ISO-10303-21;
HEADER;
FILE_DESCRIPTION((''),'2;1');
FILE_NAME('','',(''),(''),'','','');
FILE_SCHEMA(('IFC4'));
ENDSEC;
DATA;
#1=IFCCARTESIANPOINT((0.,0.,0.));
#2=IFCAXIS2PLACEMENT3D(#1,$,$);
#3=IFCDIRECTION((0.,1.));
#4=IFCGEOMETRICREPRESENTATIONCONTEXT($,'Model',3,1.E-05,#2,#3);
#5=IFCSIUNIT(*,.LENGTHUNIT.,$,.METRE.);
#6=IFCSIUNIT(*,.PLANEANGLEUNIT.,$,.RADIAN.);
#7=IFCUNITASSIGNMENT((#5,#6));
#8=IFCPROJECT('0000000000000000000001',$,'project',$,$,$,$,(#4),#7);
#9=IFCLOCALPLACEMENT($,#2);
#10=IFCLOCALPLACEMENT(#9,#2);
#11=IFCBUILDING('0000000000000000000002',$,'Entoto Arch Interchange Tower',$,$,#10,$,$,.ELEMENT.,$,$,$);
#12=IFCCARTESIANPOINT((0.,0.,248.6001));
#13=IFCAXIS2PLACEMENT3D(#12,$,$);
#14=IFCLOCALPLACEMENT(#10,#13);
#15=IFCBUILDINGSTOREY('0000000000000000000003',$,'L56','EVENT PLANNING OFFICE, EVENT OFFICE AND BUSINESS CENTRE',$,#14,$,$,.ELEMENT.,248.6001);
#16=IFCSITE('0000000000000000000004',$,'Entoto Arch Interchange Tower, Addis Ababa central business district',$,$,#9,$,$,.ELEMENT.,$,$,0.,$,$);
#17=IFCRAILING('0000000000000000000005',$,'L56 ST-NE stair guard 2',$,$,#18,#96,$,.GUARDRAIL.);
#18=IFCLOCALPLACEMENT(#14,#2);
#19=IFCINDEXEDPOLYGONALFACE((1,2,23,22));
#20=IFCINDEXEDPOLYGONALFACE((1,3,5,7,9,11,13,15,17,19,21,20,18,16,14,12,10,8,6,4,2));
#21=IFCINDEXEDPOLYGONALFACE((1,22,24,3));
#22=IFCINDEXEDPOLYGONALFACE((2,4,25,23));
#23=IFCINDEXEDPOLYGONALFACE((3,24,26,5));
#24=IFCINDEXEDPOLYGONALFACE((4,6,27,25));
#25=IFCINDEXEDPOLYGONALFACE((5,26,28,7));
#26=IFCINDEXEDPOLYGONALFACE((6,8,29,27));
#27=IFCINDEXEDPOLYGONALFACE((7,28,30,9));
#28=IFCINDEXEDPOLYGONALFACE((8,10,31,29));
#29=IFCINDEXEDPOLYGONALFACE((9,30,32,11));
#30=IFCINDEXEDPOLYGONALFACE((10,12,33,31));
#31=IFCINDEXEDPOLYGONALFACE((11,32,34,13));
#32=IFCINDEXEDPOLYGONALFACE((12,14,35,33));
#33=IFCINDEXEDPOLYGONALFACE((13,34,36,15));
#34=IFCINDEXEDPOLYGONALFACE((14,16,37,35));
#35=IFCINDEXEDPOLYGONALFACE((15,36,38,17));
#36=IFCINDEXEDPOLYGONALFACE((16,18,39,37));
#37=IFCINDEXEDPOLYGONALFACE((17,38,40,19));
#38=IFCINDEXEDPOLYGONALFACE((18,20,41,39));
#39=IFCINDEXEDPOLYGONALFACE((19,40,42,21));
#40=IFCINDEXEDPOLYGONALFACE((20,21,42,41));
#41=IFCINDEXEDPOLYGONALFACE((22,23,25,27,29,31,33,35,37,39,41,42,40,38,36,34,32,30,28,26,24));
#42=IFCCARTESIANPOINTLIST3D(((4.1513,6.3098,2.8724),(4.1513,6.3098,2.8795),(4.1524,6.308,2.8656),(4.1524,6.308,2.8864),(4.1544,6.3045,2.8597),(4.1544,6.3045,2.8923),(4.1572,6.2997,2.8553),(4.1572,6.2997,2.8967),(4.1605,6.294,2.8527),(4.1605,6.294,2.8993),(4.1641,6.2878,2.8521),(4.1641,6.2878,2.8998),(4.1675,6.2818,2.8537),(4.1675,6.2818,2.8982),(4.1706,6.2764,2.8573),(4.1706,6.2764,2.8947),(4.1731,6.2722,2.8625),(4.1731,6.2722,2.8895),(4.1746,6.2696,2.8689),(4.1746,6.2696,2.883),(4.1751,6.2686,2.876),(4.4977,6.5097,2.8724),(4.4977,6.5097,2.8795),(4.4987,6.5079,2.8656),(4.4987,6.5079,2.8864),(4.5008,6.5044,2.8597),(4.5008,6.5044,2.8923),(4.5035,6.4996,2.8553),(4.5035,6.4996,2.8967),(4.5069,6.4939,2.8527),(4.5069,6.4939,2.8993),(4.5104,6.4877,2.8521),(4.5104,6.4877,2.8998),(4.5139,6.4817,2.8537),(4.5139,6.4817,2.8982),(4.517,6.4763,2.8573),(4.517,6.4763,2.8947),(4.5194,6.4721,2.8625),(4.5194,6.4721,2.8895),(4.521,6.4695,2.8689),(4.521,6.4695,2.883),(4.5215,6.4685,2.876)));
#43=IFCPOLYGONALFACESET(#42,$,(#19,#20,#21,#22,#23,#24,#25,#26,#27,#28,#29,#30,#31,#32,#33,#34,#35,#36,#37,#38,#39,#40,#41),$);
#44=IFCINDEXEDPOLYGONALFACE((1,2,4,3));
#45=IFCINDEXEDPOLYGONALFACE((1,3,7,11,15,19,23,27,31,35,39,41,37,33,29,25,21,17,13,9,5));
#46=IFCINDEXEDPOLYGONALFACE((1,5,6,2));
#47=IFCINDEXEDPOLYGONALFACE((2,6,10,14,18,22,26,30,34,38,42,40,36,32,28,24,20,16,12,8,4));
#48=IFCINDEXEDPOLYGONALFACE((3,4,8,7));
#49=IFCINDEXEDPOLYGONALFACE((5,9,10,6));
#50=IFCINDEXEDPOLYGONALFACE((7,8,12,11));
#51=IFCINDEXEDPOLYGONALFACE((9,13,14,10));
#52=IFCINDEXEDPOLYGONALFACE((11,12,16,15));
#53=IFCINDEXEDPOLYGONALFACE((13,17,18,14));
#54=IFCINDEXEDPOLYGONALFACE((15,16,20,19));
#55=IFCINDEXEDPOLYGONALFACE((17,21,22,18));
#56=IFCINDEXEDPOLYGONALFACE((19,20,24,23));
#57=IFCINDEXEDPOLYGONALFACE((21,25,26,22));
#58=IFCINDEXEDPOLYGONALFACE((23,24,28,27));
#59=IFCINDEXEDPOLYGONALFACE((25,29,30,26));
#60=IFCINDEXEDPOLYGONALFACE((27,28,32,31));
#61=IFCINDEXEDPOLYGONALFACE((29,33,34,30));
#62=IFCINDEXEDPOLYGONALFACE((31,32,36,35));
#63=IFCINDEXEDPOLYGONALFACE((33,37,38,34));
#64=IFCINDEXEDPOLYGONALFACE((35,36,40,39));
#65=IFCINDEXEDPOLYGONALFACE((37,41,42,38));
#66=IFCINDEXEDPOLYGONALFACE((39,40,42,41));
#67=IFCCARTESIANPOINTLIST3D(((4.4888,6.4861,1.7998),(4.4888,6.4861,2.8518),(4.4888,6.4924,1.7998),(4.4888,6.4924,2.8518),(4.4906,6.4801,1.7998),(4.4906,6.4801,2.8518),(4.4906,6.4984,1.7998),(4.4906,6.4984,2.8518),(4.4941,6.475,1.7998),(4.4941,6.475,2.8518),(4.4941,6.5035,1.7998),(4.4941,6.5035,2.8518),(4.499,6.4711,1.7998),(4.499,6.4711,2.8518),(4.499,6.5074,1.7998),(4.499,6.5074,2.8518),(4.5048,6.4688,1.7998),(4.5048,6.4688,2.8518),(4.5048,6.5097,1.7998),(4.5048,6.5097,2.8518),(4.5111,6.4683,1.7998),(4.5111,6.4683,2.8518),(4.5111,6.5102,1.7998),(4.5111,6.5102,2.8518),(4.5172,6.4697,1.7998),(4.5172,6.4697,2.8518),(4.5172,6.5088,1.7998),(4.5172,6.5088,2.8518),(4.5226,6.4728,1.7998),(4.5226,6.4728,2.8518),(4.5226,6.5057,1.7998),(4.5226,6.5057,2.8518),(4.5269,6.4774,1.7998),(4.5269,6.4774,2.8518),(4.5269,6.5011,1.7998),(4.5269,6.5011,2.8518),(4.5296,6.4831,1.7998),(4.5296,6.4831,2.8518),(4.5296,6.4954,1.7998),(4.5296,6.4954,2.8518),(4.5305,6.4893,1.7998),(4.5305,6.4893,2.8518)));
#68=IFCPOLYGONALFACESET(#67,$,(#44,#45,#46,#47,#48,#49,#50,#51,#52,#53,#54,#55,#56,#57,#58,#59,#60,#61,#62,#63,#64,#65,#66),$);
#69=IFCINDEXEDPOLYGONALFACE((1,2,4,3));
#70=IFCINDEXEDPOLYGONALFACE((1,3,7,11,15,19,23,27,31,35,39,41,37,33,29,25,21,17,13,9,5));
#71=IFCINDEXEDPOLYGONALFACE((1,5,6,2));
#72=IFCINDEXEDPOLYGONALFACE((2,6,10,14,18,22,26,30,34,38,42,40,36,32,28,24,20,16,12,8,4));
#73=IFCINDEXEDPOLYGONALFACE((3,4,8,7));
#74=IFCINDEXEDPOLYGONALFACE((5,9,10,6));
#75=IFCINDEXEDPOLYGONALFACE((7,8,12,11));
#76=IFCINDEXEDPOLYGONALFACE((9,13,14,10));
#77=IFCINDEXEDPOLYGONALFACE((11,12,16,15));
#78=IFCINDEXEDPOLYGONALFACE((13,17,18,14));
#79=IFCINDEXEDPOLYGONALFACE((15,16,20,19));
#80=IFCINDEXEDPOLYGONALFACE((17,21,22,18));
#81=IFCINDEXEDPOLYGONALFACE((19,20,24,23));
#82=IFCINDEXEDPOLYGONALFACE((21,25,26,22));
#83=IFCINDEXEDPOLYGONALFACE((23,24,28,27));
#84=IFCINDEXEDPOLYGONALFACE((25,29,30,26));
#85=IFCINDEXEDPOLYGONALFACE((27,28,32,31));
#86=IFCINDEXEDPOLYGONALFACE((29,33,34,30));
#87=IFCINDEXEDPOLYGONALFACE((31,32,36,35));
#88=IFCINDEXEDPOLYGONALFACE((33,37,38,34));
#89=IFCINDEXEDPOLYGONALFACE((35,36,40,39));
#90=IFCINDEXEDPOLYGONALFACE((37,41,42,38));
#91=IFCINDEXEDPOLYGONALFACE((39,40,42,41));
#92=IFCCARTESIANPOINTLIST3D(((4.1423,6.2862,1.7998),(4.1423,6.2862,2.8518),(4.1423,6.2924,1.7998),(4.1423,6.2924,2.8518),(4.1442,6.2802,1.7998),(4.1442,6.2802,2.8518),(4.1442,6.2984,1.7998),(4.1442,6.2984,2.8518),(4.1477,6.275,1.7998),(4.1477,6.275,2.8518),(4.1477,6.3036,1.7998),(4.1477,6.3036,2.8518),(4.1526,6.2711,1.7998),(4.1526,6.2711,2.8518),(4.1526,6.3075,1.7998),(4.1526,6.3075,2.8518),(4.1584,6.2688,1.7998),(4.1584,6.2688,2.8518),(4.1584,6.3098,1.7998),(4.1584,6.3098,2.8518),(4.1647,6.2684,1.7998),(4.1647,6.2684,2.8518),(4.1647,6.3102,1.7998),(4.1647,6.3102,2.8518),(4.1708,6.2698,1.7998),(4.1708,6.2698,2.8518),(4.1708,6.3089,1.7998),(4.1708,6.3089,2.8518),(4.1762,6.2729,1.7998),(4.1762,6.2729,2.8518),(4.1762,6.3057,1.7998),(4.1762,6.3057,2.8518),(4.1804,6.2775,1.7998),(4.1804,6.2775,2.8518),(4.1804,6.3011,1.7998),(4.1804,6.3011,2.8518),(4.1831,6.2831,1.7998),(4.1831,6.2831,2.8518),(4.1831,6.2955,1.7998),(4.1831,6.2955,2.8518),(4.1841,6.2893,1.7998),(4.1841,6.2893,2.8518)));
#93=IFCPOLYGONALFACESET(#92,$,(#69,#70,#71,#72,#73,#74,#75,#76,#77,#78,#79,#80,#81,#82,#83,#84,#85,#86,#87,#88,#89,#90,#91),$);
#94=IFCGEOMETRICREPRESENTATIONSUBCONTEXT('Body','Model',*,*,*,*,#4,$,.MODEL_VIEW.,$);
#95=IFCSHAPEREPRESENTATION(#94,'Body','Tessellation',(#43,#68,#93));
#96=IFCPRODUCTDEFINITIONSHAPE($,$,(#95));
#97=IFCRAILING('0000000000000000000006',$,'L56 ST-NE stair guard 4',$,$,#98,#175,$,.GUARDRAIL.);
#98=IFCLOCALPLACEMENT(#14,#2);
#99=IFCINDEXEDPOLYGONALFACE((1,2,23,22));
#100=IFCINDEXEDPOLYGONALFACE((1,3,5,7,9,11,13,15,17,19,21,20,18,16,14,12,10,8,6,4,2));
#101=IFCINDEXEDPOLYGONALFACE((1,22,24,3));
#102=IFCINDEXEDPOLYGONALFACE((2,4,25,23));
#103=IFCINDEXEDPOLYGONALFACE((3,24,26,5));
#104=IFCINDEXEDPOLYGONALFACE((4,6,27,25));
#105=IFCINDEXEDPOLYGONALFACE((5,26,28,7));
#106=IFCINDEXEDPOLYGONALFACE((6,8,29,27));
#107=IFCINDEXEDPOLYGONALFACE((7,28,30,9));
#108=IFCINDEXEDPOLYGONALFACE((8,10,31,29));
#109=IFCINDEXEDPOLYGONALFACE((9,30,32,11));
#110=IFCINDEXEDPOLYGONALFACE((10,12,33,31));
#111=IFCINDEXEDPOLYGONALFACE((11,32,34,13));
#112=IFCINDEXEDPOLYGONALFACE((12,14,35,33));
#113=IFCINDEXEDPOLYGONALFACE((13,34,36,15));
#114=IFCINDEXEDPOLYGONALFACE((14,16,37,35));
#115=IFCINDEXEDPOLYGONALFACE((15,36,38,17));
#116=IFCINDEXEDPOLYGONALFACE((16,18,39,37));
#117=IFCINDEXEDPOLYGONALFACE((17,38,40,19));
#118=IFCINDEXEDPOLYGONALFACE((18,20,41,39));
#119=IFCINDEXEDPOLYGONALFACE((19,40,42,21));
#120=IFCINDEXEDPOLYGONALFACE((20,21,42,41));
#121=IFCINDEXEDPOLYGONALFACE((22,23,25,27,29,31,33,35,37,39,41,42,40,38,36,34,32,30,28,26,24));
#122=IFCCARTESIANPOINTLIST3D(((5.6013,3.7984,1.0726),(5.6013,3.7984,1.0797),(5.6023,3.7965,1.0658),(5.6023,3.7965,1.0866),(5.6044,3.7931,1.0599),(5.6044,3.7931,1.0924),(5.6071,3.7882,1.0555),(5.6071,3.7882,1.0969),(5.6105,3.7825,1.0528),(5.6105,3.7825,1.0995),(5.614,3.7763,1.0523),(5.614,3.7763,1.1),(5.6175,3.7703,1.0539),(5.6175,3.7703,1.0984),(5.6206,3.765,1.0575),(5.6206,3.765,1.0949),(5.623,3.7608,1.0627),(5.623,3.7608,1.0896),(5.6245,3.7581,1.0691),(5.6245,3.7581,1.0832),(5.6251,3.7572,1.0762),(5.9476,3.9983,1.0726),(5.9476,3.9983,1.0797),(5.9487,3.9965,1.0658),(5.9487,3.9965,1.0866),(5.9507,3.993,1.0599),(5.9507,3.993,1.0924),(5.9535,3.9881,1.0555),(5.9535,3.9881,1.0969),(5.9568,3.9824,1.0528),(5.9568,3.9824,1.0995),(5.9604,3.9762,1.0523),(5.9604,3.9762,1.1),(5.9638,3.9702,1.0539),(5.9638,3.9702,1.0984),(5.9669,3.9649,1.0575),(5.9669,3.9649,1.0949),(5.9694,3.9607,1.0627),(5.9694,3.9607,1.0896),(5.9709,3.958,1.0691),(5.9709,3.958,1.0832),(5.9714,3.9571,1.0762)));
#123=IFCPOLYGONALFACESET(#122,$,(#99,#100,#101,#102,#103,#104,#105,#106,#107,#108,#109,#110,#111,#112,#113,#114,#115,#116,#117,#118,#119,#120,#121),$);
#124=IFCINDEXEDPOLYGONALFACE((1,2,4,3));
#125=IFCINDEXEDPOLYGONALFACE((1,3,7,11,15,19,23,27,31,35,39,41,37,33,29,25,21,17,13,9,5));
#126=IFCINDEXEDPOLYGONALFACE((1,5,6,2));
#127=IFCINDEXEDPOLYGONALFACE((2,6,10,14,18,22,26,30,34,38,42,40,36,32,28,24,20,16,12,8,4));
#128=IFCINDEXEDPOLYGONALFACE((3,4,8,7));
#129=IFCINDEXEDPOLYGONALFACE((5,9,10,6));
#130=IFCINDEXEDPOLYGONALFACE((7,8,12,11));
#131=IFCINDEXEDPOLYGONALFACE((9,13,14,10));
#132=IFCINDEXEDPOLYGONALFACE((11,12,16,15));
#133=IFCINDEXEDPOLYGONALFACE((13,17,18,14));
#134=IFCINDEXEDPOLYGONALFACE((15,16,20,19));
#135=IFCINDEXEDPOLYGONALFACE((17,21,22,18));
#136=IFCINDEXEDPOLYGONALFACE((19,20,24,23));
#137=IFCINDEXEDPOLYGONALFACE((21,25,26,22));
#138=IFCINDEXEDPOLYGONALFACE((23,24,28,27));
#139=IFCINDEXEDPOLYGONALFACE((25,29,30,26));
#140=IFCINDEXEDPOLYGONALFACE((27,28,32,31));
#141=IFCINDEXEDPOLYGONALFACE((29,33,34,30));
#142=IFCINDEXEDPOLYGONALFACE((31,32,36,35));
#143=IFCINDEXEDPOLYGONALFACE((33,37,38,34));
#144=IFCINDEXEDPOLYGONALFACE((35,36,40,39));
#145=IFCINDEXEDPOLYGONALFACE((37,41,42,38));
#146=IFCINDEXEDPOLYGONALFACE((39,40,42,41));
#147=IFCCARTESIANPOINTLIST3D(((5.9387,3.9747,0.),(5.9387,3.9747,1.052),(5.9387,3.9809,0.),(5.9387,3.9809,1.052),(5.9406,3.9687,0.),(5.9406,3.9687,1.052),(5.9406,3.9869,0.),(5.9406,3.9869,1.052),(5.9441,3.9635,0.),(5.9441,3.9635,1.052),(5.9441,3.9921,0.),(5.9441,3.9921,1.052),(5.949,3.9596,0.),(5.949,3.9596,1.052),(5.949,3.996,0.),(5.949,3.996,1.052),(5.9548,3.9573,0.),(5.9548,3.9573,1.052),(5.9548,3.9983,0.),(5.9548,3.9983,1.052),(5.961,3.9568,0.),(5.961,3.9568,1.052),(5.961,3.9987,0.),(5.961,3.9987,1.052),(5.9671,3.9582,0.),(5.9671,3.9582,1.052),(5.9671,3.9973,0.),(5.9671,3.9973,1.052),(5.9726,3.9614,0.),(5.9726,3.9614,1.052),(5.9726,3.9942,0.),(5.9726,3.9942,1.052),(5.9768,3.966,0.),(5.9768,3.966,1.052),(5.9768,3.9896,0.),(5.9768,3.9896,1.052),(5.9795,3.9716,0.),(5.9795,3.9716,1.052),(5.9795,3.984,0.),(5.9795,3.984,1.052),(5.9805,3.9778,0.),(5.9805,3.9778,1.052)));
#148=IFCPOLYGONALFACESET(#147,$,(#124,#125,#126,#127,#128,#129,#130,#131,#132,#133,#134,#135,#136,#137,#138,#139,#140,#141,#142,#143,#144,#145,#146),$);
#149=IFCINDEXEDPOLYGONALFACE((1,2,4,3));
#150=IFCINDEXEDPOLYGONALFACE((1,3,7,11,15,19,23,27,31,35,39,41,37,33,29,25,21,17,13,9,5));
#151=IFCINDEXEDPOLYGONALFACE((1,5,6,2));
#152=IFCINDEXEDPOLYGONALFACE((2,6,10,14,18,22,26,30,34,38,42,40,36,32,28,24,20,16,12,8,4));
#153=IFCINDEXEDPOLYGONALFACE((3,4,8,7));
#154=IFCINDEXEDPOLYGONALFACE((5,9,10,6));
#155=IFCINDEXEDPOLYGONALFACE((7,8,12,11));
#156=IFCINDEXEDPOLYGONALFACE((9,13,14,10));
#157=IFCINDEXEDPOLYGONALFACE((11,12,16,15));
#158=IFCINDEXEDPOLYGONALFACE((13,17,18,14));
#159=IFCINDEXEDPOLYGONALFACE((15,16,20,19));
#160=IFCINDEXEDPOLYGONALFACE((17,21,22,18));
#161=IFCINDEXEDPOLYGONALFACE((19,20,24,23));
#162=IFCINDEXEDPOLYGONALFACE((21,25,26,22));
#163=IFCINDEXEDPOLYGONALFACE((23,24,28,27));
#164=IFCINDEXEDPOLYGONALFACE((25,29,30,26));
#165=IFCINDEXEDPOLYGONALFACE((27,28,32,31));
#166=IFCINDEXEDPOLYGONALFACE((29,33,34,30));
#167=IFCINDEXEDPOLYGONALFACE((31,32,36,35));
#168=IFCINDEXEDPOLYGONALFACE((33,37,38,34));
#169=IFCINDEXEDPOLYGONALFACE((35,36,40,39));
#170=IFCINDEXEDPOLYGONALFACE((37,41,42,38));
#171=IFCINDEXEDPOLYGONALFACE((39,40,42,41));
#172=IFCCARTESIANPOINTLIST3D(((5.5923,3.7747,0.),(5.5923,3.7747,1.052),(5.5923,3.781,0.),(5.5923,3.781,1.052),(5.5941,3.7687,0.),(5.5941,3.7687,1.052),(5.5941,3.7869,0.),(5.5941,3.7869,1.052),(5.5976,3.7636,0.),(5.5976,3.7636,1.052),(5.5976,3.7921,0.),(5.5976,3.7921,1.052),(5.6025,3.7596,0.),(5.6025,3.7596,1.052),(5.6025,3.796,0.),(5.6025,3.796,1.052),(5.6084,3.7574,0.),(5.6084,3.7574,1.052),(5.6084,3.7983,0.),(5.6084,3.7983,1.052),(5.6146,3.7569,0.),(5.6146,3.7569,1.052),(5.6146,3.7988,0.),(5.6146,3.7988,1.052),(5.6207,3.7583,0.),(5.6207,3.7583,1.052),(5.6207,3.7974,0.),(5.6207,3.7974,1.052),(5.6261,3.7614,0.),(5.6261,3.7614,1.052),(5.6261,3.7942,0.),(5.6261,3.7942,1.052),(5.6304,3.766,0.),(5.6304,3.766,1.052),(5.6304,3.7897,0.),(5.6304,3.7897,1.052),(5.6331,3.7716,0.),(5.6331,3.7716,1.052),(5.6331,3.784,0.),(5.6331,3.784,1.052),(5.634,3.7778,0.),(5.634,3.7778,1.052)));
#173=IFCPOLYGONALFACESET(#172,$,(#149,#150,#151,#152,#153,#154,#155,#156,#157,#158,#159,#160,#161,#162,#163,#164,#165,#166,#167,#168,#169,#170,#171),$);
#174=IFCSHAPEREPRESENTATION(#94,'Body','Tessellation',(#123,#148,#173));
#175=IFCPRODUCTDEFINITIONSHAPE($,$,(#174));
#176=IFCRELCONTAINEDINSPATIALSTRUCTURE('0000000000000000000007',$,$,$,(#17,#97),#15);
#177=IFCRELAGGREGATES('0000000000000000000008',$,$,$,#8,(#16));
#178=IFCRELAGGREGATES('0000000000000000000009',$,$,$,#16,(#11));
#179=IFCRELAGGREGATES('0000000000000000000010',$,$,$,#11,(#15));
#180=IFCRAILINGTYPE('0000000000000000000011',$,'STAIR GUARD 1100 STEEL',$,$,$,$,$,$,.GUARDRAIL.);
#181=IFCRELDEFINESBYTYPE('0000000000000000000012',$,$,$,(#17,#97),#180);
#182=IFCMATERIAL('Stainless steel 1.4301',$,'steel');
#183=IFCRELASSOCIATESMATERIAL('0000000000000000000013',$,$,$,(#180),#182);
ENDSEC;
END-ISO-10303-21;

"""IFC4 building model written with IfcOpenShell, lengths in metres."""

from ifc_helpers import new_model, si_unit, direction, frame, origin, origin_2d, place, context, subcontext, project, spatial, circle, extrude, material, type_object, element, save


model = new_model("IFC4")

# Units and contexts
model_context = context("Model", 3, precision=1e-05, world=origin(), true_north=direction((0.0, 1.0)))
body_context = subcontext(model_context, "Body", "Model", "MODEL_VIEW")
ifc_project = project(units=[si_unit("LENGTHUNIT", "METRE"), si_unit("PLANEANGLEUNIT", "RADIAN")], contexts=[model_context])

# Site, building, storey
site_placement = place(None, origin())
site = spatial("IfcSite", under=ifc_project, at=site_placement, Name="Entoto Arch Interchange Tower, Addis Ababa central business district", CompositionType="ELEMENT", RefElevation=0.0)
building_placement = place(site_placement, origin())
building = spatial("IfcBuilding", under=site, at=building_placement, Name="Entoto Arch Interchange Tower", CompositionType="ELEMENT")
storey_placement = place(building_placement, frame((0.0, 0.0, 248.6001)))
storey = spatial("IfcBuildingStorey", under=building, at=storey_placement, Name="L56", Description="EVENT PLANNING OFFICE, EVENT OFFICE AND BUSINESS CENTRE", CompositionType="ELEMENT", Elevation=248.6001)

# Railings
ifc_material_1 = material(Name="Stainless steel 1.4301", Category="steel")
railing_type_1 = type_object("IfcRailingType", Name="STAIR GUARD 1100 STEEL", PredefinedType="GUARDRAIL", material=ifc_material_1)
for number, where, name in (
    (1, (4.5095, 6.4893, 1.7998), "L56 ST-NE stair guard 2"),
    (2, (5.9595, 3.9778, 0.0), "L56 ST-NE stair guard 4"),
):
    element("IfcRailing", number, at=place(storey_placement, frame(where)), inside=storey, type_object=railing_type_1, Name=name, PredefinedType="GUARDRAIL", context=body_context, shape_type="SweptSolid", body=[
        extrude(circle(Radius=0.0239, at=origin_2d()), frame((0.0, 0.0, 1.0762), z_axis=(-0.866094, -0.499881, 0.0), x_axis=(0.499881, -0.866094, 0.0)), (0.0, 0.0, 1.0), 0.3999),
        extrude(circle(Radius=0.021, at=origin_2d()), origin(), (0.0, 0.0, 1.0), 1.052),
        extrude(circle(Radius=0.021, at=origin_2d()), frame((-0.3464, -0.2, 0.0)), (0.0, 0.0, 1.0), 1.052),
    ])

save(model, "model.ifc")
